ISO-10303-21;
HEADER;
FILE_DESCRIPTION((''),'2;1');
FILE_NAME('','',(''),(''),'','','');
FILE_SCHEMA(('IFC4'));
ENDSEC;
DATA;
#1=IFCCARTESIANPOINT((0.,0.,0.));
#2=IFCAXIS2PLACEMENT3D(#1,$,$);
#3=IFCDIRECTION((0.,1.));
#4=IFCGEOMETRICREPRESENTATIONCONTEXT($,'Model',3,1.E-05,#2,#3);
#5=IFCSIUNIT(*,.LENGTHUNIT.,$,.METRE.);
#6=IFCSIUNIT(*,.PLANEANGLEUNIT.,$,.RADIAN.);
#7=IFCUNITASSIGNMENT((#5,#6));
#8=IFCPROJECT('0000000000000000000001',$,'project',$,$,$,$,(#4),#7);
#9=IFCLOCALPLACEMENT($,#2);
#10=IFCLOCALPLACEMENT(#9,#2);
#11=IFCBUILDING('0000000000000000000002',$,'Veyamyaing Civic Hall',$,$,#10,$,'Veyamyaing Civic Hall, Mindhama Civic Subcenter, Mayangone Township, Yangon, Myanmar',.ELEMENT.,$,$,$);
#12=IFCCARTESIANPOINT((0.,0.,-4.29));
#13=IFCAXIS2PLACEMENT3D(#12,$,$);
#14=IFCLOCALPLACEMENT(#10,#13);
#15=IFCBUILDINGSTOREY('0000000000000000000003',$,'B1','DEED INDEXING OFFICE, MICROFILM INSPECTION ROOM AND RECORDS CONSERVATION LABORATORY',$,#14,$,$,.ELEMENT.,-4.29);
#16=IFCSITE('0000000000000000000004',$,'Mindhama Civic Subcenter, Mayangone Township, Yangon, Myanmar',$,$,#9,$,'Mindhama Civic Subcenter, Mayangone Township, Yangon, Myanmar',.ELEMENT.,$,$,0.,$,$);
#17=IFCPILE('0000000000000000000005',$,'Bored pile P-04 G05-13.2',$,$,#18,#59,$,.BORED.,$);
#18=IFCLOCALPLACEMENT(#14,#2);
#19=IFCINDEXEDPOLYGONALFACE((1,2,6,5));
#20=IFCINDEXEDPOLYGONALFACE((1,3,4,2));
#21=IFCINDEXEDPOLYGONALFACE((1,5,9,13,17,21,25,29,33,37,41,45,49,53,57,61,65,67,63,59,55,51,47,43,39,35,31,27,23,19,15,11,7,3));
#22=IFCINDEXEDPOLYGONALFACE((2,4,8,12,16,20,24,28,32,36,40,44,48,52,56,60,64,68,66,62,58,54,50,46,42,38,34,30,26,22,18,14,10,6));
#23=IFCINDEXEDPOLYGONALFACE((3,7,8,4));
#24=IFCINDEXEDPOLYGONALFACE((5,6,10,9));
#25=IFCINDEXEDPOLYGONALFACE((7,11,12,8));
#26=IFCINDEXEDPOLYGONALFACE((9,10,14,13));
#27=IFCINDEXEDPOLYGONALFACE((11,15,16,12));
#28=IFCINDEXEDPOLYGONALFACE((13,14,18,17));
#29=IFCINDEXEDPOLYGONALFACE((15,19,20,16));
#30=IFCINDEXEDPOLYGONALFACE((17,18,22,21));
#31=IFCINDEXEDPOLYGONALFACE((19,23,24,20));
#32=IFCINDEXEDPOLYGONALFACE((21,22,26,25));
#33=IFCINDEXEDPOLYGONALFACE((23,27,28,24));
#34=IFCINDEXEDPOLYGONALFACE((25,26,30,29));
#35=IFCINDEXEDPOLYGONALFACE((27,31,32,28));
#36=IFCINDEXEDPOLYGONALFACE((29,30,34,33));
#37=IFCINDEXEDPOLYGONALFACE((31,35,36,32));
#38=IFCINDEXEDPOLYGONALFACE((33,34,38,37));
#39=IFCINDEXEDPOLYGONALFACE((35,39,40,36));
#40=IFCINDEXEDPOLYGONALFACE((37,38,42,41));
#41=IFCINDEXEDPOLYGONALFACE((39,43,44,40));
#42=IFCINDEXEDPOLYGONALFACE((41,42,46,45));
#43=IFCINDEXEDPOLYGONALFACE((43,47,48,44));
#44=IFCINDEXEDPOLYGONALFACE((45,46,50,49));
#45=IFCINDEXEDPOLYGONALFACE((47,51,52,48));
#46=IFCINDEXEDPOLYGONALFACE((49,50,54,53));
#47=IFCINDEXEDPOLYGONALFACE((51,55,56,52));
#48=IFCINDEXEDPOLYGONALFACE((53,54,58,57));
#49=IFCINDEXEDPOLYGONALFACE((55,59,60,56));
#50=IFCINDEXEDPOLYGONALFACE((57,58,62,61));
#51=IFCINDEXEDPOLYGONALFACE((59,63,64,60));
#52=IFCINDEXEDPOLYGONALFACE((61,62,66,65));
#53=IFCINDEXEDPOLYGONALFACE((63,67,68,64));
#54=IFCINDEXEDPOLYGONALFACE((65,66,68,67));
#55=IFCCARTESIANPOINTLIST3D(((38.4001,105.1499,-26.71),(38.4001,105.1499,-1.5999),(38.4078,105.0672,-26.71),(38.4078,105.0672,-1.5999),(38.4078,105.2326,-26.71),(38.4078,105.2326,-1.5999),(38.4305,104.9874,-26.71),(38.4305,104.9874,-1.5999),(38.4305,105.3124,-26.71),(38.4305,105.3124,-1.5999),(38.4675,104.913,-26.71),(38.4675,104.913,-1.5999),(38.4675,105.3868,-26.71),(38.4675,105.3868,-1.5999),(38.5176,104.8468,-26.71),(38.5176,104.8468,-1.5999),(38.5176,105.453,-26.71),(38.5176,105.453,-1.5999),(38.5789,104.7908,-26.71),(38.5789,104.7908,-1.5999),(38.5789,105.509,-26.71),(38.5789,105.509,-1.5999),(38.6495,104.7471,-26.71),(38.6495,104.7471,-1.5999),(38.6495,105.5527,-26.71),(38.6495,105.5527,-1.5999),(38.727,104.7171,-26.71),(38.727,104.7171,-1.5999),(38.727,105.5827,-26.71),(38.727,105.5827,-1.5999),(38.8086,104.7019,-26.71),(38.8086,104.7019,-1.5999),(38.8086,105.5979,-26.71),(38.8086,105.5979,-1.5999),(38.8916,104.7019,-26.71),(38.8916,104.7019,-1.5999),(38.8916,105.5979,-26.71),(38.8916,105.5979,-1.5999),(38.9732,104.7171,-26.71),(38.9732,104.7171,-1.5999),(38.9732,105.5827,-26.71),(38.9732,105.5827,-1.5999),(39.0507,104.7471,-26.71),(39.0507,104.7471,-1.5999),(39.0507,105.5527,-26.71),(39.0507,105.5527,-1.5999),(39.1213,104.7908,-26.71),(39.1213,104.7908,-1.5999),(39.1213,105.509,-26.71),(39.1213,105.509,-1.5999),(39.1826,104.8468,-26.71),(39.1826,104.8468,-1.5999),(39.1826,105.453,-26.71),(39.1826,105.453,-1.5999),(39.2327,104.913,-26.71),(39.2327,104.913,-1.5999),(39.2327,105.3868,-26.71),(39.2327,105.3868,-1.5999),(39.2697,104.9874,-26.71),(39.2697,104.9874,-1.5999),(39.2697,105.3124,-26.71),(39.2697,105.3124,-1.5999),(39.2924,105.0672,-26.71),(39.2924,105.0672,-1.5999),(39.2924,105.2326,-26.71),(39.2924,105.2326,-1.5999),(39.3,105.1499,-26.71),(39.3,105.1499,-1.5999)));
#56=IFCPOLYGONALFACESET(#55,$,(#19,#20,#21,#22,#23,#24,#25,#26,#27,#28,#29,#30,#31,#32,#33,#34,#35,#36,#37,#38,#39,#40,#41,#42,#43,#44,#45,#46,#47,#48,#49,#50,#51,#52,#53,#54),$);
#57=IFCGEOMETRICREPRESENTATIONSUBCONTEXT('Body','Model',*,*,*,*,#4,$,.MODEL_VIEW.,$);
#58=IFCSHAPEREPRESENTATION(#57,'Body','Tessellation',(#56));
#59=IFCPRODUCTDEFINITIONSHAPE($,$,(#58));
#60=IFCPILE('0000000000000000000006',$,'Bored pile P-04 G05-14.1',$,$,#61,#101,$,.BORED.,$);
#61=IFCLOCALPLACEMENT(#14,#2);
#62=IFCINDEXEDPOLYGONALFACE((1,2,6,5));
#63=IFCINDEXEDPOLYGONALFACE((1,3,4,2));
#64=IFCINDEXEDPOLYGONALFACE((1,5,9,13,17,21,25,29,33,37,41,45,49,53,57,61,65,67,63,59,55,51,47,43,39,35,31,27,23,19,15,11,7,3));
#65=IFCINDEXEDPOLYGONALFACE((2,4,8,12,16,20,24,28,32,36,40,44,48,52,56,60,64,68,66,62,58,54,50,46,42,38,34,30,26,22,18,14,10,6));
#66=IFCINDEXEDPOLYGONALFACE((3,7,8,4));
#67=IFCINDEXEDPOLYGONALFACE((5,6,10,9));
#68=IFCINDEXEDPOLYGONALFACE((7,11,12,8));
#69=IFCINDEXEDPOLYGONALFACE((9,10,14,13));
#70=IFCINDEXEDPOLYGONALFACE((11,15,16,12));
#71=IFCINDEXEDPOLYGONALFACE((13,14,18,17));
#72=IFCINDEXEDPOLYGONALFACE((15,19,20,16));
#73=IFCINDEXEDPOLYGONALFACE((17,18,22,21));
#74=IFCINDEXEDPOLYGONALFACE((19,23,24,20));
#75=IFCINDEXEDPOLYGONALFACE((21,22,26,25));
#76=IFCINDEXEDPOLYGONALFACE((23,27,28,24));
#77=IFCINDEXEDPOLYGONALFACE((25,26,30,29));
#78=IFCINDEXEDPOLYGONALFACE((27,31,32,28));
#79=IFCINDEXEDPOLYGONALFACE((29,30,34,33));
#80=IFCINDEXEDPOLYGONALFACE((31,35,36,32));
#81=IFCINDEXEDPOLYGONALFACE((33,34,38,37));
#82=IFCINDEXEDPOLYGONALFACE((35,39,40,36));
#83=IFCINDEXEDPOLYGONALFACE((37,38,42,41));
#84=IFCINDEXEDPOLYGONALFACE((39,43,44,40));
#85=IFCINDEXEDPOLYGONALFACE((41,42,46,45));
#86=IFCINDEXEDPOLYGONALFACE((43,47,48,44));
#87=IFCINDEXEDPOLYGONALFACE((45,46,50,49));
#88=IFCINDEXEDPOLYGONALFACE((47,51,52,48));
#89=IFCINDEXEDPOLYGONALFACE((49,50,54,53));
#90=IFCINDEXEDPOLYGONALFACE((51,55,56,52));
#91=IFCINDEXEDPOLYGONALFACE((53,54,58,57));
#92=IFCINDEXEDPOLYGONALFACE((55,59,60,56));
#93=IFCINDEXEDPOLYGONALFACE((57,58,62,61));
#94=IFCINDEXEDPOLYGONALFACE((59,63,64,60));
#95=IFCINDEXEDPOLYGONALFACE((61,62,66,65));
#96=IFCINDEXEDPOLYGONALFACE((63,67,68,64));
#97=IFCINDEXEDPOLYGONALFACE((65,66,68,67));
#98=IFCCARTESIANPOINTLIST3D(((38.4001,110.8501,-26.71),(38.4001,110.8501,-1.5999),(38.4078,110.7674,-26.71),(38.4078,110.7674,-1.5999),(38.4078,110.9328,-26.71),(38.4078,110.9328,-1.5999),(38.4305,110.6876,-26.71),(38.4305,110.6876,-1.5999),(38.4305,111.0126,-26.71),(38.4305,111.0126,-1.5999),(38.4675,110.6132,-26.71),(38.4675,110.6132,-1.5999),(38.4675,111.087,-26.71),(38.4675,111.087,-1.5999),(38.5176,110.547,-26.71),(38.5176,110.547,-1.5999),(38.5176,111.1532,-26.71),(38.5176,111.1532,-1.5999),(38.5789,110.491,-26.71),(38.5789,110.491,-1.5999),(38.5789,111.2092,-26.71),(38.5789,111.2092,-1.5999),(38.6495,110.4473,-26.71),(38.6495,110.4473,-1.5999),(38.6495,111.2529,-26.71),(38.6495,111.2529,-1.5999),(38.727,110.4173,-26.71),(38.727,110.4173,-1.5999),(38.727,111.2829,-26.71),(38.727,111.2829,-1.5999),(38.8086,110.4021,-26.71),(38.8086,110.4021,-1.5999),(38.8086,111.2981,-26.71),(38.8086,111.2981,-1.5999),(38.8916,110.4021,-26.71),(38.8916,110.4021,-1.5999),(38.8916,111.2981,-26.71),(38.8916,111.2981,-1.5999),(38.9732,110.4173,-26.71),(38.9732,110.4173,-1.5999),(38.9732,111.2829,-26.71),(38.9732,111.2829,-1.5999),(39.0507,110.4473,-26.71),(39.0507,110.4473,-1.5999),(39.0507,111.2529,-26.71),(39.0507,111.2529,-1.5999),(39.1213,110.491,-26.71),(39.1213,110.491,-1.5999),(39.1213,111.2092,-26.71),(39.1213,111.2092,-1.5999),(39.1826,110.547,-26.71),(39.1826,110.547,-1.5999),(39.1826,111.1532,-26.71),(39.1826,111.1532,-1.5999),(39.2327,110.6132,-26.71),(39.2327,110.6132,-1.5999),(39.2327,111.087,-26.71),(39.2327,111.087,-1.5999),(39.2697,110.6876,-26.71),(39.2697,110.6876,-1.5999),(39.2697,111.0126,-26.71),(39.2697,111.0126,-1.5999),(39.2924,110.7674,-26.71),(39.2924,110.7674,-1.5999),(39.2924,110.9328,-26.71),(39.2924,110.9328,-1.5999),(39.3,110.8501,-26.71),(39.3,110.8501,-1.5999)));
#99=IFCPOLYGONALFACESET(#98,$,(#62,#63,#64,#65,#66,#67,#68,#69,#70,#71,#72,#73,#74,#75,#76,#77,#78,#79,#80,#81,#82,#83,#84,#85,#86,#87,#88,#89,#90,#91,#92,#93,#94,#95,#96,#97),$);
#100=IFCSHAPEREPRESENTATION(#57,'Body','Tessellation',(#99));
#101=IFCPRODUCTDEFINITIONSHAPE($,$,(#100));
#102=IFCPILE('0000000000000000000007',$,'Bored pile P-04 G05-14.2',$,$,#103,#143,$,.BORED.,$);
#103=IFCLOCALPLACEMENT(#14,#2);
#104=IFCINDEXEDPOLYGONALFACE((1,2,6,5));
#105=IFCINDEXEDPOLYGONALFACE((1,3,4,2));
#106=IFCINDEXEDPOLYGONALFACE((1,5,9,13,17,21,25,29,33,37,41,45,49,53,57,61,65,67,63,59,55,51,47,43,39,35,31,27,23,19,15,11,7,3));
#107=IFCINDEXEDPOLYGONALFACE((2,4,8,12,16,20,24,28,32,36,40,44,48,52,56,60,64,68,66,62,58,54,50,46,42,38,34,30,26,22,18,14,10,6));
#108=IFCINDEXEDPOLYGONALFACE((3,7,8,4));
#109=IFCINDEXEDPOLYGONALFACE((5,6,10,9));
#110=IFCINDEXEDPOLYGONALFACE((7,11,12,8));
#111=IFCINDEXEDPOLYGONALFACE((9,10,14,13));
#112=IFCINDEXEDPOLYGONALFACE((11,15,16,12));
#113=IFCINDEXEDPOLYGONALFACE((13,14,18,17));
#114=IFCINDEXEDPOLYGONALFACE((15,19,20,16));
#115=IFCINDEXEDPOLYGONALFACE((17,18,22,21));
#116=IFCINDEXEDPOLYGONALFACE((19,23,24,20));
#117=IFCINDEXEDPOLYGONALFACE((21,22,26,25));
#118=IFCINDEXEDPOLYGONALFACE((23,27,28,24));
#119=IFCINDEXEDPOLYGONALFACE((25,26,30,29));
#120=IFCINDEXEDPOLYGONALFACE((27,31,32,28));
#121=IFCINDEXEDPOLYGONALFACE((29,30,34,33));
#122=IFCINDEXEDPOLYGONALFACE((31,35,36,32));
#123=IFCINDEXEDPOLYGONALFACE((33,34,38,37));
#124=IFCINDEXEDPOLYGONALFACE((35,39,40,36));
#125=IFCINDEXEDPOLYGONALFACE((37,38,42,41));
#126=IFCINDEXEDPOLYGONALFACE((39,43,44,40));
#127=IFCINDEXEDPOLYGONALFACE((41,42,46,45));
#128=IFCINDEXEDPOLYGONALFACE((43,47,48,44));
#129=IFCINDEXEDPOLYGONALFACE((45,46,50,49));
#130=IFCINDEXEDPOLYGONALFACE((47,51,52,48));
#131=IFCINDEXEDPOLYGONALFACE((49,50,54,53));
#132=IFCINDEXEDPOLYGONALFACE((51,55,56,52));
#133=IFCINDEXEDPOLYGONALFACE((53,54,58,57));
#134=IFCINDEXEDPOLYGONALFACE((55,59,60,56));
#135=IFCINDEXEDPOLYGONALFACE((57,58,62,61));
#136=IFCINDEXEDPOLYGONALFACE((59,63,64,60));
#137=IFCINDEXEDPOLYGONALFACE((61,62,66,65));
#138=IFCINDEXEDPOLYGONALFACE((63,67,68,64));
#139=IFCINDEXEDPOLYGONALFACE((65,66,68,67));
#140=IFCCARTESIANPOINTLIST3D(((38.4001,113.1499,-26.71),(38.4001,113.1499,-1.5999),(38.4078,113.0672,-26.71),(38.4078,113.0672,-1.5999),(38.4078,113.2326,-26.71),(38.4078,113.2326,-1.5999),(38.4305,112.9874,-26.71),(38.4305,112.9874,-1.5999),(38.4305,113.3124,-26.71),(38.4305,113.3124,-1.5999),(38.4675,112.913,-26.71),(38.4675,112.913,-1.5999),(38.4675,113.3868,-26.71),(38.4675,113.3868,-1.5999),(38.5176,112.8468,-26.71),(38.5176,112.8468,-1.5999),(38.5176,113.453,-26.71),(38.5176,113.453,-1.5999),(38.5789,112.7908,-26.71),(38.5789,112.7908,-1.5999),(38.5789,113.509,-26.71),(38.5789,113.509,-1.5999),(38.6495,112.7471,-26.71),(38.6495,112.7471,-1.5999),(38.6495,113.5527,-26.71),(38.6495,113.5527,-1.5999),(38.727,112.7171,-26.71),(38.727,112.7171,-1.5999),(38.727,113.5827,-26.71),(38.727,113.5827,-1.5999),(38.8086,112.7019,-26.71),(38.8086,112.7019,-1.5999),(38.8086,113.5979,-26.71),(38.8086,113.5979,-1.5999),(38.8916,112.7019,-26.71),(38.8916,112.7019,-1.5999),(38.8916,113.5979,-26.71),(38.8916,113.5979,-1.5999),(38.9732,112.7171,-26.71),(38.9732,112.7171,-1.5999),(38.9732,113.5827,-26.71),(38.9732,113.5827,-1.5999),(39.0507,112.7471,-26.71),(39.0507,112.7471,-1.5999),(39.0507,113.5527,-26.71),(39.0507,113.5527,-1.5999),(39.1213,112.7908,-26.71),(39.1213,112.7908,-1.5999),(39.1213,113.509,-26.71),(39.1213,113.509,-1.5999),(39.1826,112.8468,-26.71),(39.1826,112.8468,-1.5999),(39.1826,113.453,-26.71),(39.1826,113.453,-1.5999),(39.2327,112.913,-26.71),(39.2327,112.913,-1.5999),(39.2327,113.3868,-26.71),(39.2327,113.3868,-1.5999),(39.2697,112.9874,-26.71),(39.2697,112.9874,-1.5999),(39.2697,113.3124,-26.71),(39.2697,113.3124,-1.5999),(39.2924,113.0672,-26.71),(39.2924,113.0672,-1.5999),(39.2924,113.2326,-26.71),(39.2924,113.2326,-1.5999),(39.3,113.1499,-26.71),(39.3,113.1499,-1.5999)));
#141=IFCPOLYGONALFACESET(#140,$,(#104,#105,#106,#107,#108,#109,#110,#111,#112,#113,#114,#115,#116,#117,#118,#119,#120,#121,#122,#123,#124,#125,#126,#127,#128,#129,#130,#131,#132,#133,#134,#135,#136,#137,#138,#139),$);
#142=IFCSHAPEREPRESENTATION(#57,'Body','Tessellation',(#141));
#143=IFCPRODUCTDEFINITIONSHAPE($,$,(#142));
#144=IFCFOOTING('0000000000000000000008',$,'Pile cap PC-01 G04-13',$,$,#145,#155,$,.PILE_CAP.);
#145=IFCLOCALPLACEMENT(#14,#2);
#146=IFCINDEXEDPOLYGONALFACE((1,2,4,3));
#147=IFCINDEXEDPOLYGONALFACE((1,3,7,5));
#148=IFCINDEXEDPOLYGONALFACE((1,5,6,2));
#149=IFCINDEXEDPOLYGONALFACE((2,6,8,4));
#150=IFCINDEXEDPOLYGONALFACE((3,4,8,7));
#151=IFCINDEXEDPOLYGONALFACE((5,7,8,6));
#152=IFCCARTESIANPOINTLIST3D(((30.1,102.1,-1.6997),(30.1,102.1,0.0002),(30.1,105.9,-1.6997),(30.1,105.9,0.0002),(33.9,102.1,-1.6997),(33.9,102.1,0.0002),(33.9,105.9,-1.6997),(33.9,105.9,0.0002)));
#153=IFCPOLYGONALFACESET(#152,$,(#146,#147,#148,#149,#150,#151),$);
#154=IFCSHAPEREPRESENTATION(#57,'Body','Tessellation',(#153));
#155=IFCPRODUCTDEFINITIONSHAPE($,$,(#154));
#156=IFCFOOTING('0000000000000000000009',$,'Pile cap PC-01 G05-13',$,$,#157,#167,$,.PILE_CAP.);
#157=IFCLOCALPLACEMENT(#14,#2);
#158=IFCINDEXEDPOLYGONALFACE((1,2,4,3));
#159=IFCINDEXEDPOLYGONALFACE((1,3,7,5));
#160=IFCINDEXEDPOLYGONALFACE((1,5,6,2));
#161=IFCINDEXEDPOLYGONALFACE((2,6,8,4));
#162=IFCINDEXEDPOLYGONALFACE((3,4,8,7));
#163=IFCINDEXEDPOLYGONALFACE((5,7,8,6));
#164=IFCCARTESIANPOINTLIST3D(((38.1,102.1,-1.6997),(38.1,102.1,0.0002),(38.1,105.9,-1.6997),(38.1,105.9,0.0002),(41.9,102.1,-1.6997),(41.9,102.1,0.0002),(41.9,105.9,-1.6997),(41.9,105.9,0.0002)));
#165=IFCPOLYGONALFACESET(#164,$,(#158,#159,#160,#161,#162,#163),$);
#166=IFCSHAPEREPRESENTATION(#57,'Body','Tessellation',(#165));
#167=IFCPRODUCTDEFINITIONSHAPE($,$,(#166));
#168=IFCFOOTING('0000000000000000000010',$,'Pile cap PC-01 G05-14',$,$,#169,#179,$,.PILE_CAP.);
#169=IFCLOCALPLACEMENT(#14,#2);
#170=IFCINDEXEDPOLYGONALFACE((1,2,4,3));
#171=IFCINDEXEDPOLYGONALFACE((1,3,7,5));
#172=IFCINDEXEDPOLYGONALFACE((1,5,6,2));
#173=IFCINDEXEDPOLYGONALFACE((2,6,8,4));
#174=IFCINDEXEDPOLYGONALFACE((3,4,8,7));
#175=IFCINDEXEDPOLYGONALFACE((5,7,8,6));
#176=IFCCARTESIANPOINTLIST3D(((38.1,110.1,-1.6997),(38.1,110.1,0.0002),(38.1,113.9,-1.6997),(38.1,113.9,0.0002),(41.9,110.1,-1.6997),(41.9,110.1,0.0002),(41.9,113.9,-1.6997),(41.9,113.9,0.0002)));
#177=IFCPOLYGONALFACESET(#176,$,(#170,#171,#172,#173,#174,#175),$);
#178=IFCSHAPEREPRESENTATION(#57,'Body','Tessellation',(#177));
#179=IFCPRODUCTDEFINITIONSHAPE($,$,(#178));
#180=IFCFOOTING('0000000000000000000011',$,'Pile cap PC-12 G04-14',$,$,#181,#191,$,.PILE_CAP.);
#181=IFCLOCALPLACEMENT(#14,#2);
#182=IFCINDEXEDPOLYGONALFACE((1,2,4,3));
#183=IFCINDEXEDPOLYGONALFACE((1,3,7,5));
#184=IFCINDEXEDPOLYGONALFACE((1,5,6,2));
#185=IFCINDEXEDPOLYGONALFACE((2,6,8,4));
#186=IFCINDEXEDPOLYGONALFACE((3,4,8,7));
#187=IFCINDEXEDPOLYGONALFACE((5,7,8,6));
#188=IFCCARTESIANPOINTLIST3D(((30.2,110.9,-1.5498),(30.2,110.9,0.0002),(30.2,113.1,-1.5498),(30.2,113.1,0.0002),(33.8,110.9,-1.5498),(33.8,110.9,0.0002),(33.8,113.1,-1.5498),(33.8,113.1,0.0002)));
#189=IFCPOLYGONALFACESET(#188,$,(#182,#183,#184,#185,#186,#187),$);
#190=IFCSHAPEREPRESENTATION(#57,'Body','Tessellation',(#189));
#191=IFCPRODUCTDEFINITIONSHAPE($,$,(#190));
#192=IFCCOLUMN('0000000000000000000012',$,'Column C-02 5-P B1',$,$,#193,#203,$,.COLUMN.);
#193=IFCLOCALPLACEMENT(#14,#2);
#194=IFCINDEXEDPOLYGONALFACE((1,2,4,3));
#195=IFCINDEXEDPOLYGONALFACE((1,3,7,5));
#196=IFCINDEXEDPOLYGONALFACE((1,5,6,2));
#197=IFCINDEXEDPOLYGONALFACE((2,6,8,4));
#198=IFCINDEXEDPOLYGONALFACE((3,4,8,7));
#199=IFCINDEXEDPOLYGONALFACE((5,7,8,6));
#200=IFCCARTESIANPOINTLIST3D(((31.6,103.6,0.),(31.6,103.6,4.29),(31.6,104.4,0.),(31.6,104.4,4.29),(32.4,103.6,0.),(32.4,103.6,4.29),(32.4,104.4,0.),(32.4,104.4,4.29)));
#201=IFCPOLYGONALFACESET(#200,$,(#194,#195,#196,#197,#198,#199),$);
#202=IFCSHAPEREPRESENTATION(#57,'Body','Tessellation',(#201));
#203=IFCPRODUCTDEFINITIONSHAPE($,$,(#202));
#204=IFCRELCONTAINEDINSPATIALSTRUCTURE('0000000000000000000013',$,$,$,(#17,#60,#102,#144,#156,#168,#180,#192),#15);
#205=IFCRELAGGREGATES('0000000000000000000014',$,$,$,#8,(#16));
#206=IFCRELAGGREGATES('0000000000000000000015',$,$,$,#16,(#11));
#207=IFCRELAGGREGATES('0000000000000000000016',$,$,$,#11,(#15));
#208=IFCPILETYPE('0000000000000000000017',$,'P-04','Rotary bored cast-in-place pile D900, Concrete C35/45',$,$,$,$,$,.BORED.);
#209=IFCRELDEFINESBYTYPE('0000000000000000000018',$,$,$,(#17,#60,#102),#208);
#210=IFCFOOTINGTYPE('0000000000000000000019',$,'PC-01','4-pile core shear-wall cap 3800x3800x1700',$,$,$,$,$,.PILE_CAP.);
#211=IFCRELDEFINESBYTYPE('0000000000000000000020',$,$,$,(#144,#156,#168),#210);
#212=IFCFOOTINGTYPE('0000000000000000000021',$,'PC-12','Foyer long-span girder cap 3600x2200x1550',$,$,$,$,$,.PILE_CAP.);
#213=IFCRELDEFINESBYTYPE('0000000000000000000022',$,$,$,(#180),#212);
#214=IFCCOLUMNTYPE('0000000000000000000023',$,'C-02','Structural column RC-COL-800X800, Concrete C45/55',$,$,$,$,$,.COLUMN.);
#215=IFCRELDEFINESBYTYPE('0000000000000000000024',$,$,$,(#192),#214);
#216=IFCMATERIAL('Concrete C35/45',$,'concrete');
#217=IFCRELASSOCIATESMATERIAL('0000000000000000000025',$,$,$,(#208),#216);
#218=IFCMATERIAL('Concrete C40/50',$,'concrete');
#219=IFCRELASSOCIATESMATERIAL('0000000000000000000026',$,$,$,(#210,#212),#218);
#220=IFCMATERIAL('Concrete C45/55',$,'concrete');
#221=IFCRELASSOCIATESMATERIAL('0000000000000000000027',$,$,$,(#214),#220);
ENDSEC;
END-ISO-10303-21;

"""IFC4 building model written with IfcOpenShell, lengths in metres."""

from ifc_helpers import new_model, si_unit, direction, frame, origin, origin_2d, place, context, subcontext, project, spatial, rectangle, circle, extrude, material, material_profile, profile_set, type_object, element, save


model = new_model("IFC4")

# Units and contexts
model_context = context("Model", 3, precision=1e-05, world=origin(), true_north=direction((0.0, 1.0)))
body_context = subcontext(model_context, "Body", "Model", "MODEL_VIEW")
ifc_project = project(units=[si_unit("LENGTHUNIT", "METRE"), si_unit("PLANEANGLEUNIT", "RADIAN")], contexts=[model_context])

# Site, building, storey
site_placement = place(None, origin())
site = spatial("IfcSite", under=ifc_project, at=site_placement, Name="Mindhama Civic Subcenter, Mayangone Township, Yangon, Myanmar", LongName="Mindhama Civic Subcenter, Mayangone Township, Yangon, Myanmar", CompositionType="ELEMENT", RefElevation=0.0)
building_placement = place(site_placement, origin())
building = spatial("IfcBuilding", under=site, at=building_placement, Name="Veyamyaing Civic Hall", LongName="Veyamyaing Civic Hall, Mindhama Civic Subcenter, Mayangone Township, Yangon, Myanmar", CompositionType="ELEMENT")
storey_placement = place(building_placement, frame((0.0, 0.0, -4.29)))
storey = spatial("IfcBuildingStorey", under=building, at=storey_placement, Name="B1", Description="DEED INDEXING OFFICE, MICROFILM INSPECTION ROOM AND RECORDS CONSERVATION LABORATORY", CompositionType="ELEMENT", Elevation=-4.29)

# Shared definitions
ifc_material_1 = material(Name="Concrete C40/50", Category="concrete")

# Piles
ifc_material_2 = material(Name="Concrete C35/45", Category="concrete")
ifc_material_profile_1 = material_profile(ifc_material_2, circle(Radius=0.45, at=origin_2d()), Name="PILE-D900")
ifc_profile_set_1 = profile_set([ifc_material_profile_1], Name="Concrete C35/45")
pile_type_1 = type_object("IfcPileType", Name="P-04", Description="Rotary bored cast-in-place pile D900, Concrete C35/45", PredefinedType="BORED", material=ifc_profile_set_1)
for number, where, z_axis, x_axis, name in (
    (1, (38.8501, 105.1499, -1.5999), (0.0, 0.0, -1.0), (1.0, 0.0, 0.0), "Bored pile P-04 G05-13.2"),
    (2, (38.8501, 110.8501, -1.5999), (0.0, 0.0, -1.0), (1.0, 0.0, 0.0), "Bored pile P-04 G05-14.1"),
    (3, (38.8501, 113.1499, -1.5999), (0.0, 0.0, -1.0), (1.0, 0.0, 0.0), "Bored pile P-04 G05-14.2"),
):
    element("IfcPile", number, at=place(storey_placement, frame(where, z_axis=z_axis, x_axis=x_axis)), inside=storey, type_object=pile_type_1, Name=name, PredefinedType="BORED", context=body_context, shape_type="SweptSolid", body=[
        extrude(circle(Radius=0.45, at=origin_2d()), origin(), (0.0, 0.0, 1.0), 25.1101),
    ])

# Footings
footing_type_1 = type_object("IfcFootingType", Name="PC-01", Description="4-pile core shear-wall cap 3800x3800x1700", PredefinedType="PILE_CAP", material=ifc_material_1)
for number, where, z_axis, x_axis, name in (
    (4, (32.0, 104.0, -1.6997), (0.0, 0.0, 1.0), (1.0, 0.0, 0.0), "Pile cap PC-01 G04-13"),
    (5, (40.0, 104.0, -1.6997), (0.0, 0.0, 1.0), (1.0, 0.0, 0.0), "Pile cap PC-01 G05-13"),
    (6, (40.0, 112.0, -1.6997), (0.0, 0.0, 1.0), (1.0, 0.0, 0.0), "Pile cap PC-01 G05-14"),
):
    element("IfcFooting", number, at=place(storey_placement, frame(where, z_axis=z_axis, x_axis=x_axis)), inside=storey, type_object=footing_type_1, Name=name, PredefinedType="PILE_CAP", context=body_context, shape_type="SweptSolid", body=[
        extrude(rectangle(XDim=3.8, YDim=3.8, at=origin_2d()), origin(), (0.0, 0.0, 1.0), 1.7),
    ])
footing_type_2 = type_object("IfcFootingType", Name="PC-12", Description="Foyer long-span girder cap 3600x2200x1550", PredefinedType="PILE_CAP", material=ifc_material_1)
footing_1_placement = place(storey_placement, frame((32.0, 112.0, -1.5498), z_axis=(0.0, 0.0, 1.0), x_axis=(1.0, 0.0, 0.0)))
element("IfcFooting", 7, at=footing_1_placement, inside=storey, type_object=footing_type_2, Name="Pile cap PC-12 G04-14", PredefinedType="PILE_CAP", context=body_context, shape_type="SweptSolid", body=[
    extrude(rectangle(XDim=3.6001, YDim=2.2, at=origin_2d()), origin(), (0.0, 0.0, 1.0), 1.55),
])

# Column
ifc_material_3 = material(Name="Concrete C45/55", Category="concrete")
ifc_material_profile_2 = material_profile(ifc_material_3, rectangle(XDim=0.8, YDim=0.8, at=origin_2d()), Name="RC-COL-800X800")
ifc_profile_set_2 = profile_set([ifc_material_profile_2], Name="Concrete C45/55")
column_type_1 = type_object("IfcColumnType", Name="C-02", Description="Structural column RC-COL-800X800, Concrete C45/55", PredefinedType="COLUMN", material=ifc_profile_set_2)
for number, where, z_axis, x_axis, name in (
    (8, (32.0, 104.0, 0.0), (0.0, 0.0, 1.0), (1.0, 0.0, 0.0), "Column C-02 5-P B1"),
):
    element("IfcColumn", number, at=place(storey_placement, frame(where, z_axis=z_axis, x_axis=x_axis)), inside=storey, type_object=column_type_1, Name=name, PredefinedType="COLUMN", context=body_context, shape_type="SweptSolid", body=[
        extrude(rectangle(XDim=0.8, YDim=0.8, at=origin_2d()), origin(), (0.0, 0.0, 1.0), 4.29),
    ])

save(model, "model.ifc")
